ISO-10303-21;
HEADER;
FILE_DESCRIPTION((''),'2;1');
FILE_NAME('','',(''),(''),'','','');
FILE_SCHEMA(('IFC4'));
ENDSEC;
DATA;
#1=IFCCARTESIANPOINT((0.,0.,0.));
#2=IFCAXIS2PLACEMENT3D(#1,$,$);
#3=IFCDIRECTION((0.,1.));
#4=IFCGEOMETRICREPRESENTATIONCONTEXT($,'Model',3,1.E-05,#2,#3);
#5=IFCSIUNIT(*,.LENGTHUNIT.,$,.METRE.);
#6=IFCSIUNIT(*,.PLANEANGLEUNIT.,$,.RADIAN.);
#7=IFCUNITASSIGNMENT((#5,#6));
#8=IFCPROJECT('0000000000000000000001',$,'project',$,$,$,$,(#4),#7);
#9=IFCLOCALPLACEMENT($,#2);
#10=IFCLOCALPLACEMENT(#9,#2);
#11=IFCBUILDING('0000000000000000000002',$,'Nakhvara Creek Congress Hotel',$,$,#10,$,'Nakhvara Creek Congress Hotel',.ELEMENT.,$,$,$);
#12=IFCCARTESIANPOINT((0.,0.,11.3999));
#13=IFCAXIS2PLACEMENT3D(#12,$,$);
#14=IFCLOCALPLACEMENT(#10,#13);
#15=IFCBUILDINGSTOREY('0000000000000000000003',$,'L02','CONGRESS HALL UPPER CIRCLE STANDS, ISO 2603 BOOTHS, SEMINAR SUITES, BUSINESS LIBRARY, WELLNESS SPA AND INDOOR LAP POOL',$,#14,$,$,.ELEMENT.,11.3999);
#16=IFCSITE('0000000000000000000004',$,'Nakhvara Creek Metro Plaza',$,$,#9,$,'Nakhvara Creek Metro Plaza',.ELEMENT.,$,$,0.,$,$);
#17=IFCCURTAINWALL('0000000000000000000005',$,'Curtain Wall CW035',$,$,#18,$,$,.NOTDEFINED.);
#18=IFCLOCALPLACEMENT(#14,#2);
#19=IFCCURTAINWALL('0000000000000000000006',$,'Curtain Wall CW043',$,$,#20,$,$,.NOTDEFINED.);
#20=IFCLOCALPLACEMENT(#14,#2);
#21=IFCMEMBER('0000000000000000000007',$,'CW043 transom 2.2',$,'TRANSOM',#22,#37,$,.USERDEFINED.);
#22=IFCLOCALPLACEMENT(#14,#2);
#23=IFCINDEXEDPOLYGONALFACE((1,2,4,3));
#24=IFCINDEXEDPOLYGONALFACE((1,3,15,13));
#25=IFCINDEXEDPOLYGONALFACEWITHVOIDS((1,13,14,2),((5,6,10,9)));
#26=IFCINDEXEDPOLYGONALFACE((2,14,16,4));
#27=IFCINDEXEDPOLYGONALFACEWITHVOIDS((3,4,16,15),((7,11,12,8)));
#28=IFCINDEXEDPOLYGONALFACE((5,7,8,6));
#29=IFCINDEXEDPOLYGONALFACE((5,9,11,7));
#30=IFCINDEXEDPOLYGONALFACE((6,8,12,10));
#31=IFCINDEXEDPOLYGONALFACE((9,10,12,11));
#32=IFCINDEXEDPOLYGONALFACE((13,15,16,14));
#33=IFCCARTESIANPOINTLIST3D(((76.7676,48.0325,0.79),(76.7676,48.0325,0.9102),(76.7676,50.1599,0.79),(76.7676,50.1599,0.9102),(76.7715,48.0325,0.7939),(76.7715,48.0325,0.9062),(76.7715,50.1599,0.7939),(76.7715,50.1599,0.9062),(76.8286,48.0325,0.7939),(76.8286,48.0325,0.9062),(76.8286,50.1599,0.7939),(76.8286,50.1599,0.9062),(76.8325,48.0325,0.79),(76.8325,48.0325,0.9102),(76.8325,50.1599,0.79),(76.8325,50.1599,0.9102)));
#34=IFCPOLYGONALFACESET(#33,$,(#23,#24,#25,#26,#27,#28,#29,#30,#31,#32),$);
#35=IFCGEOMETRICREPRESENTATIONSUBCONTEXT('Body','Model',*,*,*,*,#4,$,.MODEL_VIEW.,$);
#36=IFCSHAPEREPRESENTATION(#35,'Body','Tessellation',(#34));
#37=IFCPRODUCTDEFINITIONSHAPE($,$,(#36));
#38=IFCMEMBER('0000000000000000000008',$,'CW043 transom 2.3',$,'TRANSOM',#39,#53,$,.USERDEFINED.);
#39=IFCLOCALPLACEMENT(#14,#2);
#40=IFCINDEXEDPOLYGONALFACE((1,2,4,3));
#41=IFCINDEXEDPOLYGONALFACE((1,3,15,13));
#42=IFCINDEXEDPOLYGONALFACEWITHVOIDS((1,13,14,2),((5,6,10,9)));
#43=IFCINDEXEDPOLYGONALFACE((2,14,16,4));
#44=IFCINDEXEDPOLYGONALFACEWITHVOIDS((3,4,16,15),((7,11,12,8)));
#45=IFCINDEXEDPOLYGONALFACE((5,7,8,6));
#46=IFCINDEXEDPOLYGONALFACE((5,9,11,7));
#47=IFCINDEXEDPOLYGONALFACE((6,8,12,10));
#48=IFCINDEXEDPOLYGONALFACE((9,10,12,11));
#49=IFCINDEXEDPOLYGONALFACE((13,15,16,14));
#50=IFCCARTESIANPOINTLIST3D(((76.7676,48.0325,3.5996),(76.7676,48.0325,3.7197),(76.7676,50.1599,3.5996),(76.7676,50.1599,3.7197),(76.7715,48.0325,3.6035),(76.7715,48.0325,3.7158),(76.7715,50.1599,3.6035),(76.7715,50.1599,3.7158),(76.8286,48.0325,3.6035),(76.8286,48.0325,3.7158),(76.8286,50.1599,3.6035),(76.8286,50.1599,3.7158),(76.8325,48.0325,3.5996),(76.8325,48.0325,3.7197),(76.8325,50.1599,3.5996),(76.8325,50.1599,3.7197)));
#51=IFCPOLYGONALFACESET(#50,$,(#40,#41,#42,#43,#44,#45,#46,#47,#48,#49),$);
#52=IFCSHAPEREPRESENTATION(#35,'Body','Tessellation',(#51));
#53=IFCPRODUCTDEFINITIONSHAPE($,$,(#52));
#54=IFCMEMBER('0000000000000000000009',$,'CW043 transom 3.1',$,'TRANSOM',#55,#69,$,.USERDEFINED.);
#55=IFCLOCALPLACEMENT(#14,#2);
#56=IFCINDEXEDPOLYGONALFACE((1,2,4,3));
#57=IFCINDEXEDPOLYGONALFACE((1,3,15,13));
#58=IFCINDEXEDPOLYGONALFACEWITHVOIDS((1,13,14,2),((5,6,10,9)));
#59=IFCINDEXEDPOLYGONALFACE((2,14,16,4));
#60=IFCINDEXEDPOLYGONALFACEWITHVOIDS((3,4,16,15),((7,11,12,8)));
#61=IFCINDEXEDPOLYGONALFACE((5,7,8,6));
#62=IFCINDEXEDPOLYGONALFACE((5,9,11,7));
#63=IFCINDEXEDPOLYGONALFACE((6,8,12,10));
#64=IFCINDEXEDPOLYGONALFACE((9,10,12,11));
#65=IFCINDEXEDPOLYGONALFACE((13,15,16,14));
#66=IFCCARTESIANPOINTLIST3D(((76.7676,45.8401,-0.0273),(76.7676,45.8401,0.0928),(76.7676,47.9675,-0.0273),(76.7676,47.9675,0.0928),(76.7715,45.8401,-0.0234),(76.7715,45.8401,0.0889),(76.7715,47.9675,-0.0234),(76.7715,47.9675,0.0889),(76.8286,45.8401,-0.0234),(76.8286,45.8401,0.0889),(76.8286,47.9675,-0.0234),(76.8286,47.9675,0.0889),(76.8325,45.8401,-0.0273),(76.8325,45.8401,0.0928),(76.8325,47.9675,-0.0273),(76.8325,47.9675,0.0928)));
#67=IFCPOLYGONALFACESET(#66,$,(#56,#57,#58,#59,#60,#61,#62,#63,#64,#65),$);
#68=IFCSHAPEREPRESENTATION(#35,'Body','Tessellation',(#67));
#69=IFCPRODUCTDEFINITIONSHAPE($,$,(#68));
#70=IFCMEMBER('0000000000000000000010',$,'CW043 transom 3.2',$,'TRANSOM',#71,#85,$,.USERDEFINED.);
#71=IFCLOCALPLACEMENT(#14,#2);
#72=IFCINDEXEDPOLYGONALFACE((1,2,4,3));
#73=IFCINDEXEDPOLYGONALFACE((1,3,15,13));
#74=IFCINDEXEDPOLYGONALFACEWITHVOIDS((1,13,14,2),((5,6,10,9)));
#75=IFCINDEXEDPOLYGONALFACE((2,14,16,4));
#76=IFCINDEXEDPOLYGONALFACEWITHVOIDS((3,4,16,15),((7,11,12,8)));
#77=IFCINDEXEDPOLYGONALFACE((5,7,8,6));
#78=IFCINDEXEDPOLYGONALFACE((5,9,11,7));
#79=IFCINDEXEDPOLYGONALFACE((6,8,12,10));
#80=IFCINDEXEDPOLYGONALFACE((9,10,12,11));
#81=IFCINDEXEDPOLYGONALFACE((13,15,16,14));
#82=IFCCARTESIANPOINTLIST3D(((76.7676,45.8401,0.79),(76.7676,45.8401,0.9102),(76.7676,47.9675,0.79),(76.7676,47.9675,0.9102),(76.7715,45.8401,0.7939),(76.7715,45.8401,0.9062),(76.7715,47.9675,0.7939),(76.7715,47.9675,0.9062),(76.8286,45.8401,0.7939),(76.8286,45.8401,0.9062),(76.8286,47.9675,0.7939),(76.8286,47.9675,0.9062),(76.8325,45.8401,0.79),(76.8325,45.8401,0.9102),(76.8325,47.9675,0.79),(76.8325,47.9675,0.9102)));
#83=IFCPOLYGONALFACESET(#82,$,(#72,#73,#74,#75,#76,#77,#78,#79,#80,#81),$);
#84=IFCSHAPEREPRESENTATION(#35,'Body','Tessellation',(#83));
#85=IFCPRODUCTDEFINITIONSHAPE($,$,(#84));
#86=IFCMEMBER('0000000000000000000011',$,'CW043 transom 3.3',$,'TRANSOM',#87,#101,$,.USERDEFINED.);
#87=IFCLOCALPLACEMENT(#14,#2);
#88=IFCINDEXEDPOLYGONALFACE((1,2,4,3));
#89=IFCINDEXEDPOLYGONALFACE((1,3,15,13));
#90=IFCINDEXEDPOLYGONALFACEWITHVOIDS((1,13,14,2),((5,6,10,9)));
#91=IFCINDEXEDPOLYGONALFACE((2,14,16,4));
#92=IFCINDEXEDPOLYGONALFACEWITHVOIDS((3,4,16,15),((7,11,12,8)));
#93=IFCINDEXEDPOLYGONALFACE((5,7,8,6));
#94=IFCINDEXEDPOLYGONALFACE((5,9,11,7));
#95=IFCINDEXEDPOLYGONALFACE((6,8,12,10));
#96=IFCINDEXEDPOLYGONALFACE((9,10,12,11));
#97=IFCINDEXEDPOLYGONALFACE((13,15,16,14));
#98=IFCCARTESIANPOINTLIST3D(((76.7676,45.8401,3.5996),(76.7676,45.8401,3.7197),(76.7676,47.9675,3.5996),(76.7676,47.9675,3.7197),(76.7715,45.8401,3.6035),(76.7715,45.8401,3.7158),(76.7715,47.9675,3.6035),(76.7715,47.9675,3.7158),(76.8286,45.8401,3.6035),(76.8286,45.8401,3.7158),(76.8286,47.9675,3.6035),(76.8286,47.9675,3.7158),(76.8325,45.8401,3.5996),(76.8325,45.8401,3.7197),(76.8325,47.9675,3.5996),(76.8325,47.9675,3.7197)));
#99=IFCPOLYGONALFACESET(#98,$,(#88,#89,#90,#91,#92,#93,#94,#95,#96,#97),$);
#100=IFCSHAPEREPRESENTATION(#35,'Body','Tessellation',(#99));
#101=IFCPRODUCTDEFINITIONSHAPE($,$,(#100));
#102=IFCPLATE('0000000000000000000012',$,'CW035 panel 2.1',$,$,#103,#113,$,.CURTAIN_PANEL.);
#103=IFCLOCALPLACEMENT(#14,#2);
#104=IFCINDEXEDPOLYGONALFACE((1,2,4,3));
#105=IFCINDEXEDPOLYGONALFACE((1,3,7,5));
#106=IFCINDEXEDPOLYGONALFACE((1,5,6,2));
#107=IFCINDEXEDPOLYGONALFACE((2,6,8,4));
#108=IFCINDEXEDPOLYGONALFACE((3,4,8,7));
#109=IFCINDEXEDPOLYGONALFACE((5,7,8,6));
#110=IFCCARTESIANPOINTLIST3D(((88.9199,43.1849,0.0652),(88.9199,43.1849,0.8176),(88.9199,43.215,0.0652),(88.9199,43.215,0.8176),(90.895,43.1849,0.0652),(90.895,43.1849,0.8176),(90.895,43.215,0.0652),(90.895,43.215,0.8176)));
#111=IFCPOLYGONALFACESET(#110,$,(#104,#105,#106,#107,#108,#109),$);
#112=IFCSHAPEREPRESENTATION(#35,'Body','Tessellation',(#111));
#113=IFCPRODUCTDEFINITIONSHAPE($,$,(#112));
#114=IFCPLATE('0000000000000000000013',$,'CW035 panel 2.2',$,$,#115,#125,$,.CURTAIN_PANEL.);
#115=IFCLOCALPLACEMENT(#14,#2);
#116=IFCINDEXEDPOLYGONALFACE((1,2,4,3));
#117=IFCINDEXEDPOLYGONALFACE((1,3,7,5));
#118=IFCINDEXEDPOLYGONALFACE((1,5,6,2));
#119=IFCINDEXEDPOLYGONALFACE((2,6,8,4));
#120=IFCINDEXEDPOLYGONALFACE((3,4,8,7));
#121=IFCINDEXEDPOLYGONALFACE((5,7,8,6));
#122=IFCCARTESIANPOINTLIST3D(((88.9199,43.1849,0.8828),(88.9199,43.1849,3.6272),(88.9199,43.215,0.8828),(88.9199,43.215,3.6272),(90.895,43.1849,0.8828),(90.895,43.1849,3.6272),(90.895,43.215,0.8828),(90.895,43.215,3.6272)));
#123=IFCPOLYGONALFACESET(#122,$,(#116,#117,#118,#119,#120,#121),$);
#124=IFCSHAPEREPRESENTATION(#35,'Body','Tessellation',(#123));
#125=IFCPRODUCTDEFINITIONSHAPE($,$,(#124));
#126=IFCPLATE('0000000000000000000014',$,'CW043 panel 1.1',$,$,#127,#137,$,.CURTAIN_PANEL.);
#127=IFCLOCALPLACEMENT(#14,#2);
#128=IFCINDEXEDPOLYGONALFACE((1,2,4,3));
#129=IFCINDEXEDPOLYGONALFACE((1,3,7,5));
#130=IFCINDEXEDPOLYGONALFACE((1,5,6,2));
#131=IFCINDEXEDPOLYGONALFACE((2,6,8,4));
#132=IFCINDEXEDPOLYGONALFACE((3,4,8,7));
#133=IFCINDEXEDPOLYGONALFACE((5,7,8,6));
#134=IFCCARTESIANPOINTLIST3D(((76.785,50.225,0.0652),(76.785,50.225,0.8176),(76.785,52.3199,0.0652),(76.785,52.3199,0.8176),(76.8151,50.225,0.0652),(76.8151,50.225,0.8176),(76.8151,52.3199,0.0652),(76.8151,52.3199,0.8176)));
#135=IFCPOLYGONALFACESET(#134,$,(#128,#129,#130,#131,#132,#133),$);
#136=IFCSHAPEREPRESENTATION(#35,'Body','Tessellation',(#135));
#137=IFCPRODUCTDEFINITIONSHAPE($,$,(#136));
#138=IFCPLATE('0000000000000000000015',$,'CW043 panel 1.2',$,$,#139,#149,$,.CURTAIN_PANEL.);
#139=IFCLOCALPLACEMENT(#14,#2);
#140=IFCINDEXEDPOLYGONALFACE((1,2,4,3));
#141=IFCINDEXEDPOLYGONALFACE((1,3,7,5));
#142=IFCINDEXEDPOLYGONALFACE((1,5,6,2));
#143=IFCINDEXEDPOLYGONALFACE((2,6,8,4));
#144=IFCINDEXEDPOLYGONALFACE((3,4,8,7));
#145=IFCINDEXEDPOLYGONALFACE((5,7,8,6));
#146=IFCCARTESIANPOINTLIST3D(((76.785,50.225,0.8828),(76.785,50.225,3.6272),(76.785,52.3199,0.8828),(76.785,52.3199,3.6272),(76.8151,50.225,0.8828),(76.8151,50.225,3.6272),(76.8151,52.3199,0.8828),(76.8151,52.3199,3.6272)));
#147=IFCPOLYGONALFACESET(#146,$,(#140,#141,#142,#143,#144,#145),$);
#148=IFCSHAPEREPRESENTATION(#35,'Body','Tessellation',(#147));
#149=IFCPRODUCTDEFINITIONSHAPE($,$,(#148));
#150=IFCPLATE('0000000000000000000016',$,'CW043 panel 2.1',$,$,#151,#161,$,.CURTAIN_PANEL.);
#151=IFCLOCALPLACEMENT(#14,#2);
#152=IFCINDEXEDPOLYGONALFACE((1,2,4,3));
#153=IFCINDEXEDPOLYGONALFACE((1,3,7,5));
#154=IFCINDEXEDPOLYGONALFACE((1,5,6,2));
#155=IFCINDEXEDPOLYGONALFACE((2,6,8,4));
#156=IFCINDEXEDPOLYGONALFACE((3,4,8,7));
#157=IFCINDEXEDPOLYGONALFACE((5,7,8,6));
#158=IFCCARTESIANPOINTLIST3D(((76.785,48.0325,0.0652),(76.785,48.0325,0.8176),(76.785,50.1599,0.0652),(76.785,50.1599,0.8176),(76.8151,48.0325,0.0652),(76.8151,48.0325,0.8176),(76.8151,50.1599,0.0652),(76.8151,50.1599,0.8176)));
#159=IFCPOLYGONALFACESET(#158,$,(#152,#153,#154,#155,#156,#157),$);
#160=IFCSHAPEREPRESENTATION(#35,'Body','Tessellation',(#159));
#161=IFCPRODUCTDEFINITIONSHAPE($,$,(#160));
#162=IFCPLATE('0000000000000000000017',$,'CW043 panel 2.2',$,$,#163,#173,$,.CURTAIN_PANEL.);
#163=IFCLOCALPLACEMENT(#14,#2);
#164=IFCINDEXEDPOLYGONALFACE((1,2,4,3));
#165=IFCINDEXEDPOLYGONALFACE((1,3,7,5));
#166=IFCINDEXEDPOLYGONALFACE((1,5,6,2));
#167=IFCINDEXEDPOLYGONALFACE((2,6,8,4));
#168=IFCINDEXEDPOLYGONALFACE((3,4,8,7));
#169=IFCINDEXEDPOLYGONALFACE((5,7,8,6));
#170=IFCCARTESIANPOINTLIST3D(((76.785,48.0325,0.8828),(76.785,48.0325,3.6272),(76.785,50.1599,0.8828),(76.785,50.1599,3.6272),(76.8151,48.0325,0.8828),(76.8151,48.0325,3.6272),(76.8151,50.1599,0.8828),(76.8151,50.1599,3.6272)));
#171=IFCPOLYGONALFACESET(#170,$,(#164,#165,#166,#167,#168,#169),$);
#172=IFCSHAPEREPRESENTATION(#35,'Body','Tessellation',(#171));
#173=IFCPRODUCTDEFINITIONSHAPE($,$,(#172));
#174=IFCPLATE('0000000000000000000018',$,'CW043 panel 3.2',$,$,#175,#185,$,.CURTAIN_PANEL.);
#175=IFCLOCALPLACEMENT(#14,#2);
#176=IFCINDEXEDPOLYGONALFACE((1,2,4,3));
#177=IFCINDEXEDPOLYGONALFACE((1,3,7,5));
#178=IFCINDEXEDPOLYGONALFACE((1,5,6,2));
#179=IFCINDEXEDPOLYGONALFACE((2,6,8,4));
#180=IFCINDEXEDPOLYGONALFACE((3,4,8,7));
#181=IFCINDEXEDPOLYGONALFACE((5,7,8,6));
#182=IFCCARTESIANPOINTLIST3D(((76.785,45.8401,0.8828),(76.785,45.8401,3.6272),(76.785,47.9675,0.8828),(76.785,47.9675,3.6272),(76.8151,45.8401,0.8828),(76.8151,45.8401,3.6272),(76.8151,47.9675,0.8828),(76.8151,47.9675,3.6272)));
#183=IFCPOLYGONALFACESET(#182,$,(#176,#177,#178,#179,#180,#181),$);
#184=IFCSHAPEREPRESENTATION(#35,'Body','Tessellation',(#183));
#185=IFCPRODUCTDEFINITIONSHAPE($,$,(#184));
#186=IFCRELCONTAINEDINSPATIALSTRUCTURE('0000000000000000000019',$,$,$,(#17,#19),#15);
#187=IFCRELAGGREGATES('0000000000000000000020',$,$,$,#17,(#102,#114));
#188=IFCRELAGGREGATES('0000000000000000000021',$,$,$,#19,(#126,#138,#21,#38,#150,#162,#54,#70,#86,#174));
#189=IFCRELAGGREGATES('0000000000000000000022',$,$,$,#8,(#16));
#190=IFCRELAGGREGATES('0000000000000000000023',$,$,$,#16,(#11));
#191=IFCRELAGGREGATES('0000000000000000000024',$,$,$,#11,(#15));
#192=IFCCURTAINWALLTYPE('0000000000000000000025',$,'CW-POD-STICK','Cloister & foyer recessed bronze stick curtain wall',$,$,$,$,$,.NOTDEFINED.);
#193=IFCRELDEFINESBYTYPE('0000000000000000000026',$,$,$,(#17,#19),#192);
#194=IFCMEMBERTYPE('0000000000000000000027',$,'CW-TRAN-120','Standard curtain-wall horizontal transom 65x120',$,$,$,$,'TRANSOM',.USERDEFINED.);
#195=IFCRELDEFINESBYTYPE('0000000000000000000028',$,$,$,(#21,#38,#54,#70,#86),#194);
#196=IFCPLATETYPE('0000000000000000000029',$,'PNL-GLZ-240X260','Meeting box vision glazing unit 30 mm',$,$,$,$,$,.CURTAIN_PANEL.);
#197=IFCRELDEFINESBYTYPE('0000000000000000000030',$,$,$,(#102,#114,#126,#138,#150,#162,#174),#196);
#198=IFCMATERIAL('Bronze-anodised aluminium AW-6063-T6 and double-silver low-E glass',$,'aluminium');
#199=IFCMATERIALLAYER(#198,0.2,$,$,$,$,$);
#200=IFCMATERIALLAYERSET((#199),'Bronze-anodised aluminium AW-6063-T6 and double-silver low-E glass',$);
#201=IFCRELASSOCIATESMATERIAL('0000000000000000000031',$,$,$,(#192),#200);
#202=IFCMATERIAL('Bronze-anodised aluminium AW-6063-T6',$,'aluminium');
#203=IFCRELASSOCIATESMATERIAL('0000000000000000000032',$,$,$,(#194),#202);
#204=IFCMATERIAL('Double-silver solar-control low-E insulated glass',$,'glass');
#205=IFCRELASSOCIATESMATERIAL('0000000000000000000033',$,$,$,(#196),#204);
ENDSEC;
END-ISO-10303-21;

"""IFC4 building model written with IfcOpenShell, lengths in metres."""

from ifc_helpers import new_model, si_unit, direction, frame, origin, origin_2d, place, context, subcontext, project, spatial, rectangle, hollow_rectangle, extrude, material, layer, layer_set, material_profile, profile_set, type_object, element, aggregate, save


model = new_model("IFC4")

# Units and contexts
model_context = context("Model", 3, precision=1e-05, world=origin(), true_north=direction((0.0, 1.0)))
body_context = subcontext(model_context, "Body", "Model", "MODEL_VIEW")
ifc_project = project(units=[si_unit("LENGTHUNIT", "METRE"), si_unit("PLANEANGLEUNIT", "RADIAN")], contexts=[model_context])

# Site, building, storey
site_placement = place(None, origin())
site = spatial("IfcSite", under=ifc_project, at=site_placement, Name="Nakhvara Creek Metro Plaza", LongName="Nakhvara Creek Metro Plaza", CompositionType="ELEMENT", RefElevation=0.0)
building_placement = place(site_placement, origin())
building = spatial("IfcBuilding", under=site, at=building_placement, Name="Nakhvara Creek Congress Hotel", LongName="Nakhvara Creek Congress Hotel", CompositionType="ELEMENT")
storey_placement = place(building_placement, frame((0.0, 0.0, 11.3999)))
storey = spatial("IfcBuildingStorey", under=building, at=storey_placement, Name="L02", Description="CONGRESS HALL UPPER CIRCLE STANDS, ISO 2603 BOOTHS, SEMINAR SUITES, BUSINESS LIBRARY, WELLNESS SPA AND INDOOR LAP POOL", CompositionType="ELEMENT", Elevation=11.3999)

# Curtain walls
ifc_material_1 = material(Name="Bronze-anodised aluminium AW-6063-T6 and double-silver low-E glass", Category="aluminium")
ifc_layer = layer(ifc_material_1, 0.2)
ifc_layer_set = layer_set([ifc_layer], Name="Bronze-anodised aluminium AW-6063-T6 and double-silver low-E glass")
curtain_wall_type = type_object("IfcCurtainWallType", Name="CW-POD-STICK", Description="Cloister & foyer recessed bronze stick curtain wall", PredefinedType="NOTDEFINED", material=ifc_layer_set)
curtain_wall_1_placement = place(storey_placement, origin())
curtain_wall_1 = element("IfcCurtainWall", 1, at=curtain_wall_1_placement, inside=storey, type_object=curtain_wall_type, Name="Curtain Wall CW035", PredefinedType="NOTDEFINED")
ifc_material_2 = material(Name="Bronze-anodised aluminium AW-6063-T6", Category="aluminium")
curtain_wall_2_placement = place(storey_placement, origin())
curtain_wall_2 = element("IfcCurtainWall", 2, at=curtain_wall_2_placement, inside=storey, type_object=curtain_wall_type, Name="Curtain Wall CW043", PredefinedType="NOTDEFINED")

# Members
ifc_material_profile_1 = material_profile(ifc_material_2, hollow_rectangle(XDim=0.0649, YDim=0.1201, WallThickness=0.0039, at=origin_2d()), Name="ALU-TRAN 65x120x4", Category="LoadBearing")
ifc_profile_set_1 = profile_set([ifc_material_profile_1], Name="Bronze-anodised aluminium AW-6063-T6")
member_type_1 = type_object("IfcMemberType", Name="CW-TRAN-120", Description="Standard curtain-wall horizontal transom 65x120", ElementType="TRANSOM", PredefinedType="USERDEFINED", material=ifc_profile_set_1)
member_1_placement = place(storey_placement, frame((76.8, 50.1599, 0.8501), z_axis=(0.0, -1.0, 0.0), x_axis=(1.0, 0.0, 0.0)))
member_1 = element("IfcMember", 3, at=member_1_placement, type_object=member_type_1, Name="CW043 transom 2.2", ObjectType="TRANSOM", PredefinedType="USERDEFINED", context=body_context, shape_type="SweptSolid", body=[
    extrude(hollow_rectangle(XDim=0.0649, YDim=0.1201, WallThickness=0.0039, at=origin_2d()), origin(), (0.0, 0.0, 1.0), 2.1274),
])
member_2_placement = place(storey_placement, frame((76.8, 50.1599, 3.6597), z_axis=(0.0, -1.0, 0.0), x_axis=(1.0, 0.0, 0.0)))
member_2 = element("IfcMember", 4, at=member_2_placement, type_object=member_type_1, Name="CW043 transom 2.3", ObjectType="TRANSOM", PredefinedType="USERDEFINED", context=body_context, shape_type="SweptSolid", body=[
    extrude(hollow_rectangle(XDim=0.0649, YDim=0.1201, WallThickness=0.0039, at=origin_2d()), origin(), (0.0, 0.0, 1.0), 2.1274),
])
member_3_placement = place(storey_placement, frame((76.8, 47.9675, 0.0327), z_axis=(0.0, -1.0, 0.0), x_axis=(1.0, 0.0, 0.0)))
member_3 = element("IfcMember", 5, at=member_3_placement, type_object=member_type_1, Name="CW043 transom 3.1", ObjectType="TRANSOM", PredefinedType="USERDEFINED", context=body_context, shape_type="SweptSolid", body=[
    extrude(hollow_rectangle(XDim=0.0649, YDim=0.1201, WallThickness=0.0039, at=origin_2d()), origin(), (0.0, 0.0, 1.0), 2.1274),
])
member_4_placement = place(storey_placement, frame((76.8, 47.9675, 0.8501), z_axis=(0.0, -1.0, 0.0), x_axis=(1.0, 0.0, 0.0)))
member_4 = element("IfcMember", 6, at=member_4_placement, type_object=member_type_1, Name="CW043 transom 3.2", ObjectType="TRANSOM", PredefinedType="USERDEFINED", context=body_context, shape_type="SweptSolid", body=[
    extrude(hollow_rectangle(XDim=0.0649, YDim=0.1201, WallThickness=0.0039, at=origin_2d()), origin(), (0.0, 0.0, 1.0), 2.1274),
])
member_5_placement = place(storey_placement, frame((76.8, 47.9675, 3.6597), z_axis=(0.0, -1.0, 0.0), x_axis=(1.0, 0.0, 0.0)))
member_5 = element("IfcMember", 7, at=member_5_placement, type_object=member_type_1, Name="CW043 transom 3.3", ObjectType="TRANSOM", PredefinedType="USERDEFINED", context=body_context, shape_type="SweptSolid", body=[
    extrude(hollow_rectangle(XDim=0.0649, YDim=0.1201, WallThickness=0.0039, at=origin_2d()), origin(), (0.0, 0.0, 1.0), 2.1274),
])

# Plates
ifc_material_3 = material(Name="Double-silver solar-control low-E insulated glass", Category="glass")
plate_type = type_object("IfcPlateType", Name="PNL-GLZ-240X260", Description="Meeting box vision glazing unit 30 mm", PredefinedType="CURTAIN_PANEL", material=ifc_material_3)
plate_1_placement = place(storey_placement, frame((89.9075, 43.2, 0.0652), z_axis=(0.0, 0.0, 1.0), x_axis=(1.0, 0.0, 0.0)))
plate_1 = element("IfcPlate", 8, at=plate_1_placement, type_object=plate_type, Name="CW035 panel 2.1", PredefinedType="CURTAIN_PANEL", context=body_context, shape_type="SweptSolid", body=[
    extrude(rectangle(XDim=1.9751, YDim=0.03, at=origin_2d()), origin(), (0.0, 0.0, 1.0), 0.7524),
])
plate_2_placement = place(storey_placement, frame((89.9075, 43.2, 0.8828), z_axis=(0.0, 0.0, 1.0), x_axis=(1.0, 0.0, 0.0)))
plate_2 = element("IfcPlate", 9, at=plate_2_placement, type_object=plate_type, Name="CW035 panel 2.2", PredefinedType="CURTAIN_PANEL", context=body_context, shape_type="SweptSolid", body=[
    extrude(rectangle(XDim=1.9751, YDim=0.03, at=origin_2d()), origin(), (0.0, 0.0, 1.0), 2.7444),
])
aggregate(curtain_wall_1, [plate_1, plate_2])
plate_3_placement = place(storey_placement, frame((76.8, 51.2725, 0.0652), z_axis=(0.0, 0.0, 1.0), x_axis=(0.0, -1.0, 0.0)))
plate_3 = element("IfcPlate", 10, at=plate_3_placement, type_object=plate_type, Name="CW043 panel 1.1", PredefinedType="CURTAIN_PANEL", context=body_context, shape_type="SweptSolid", body=[
    extrude(rectangle(XDim=2.095, YDim=0.03, at=origin_2d()), origin(), (0.0, 0.0, 1.0), 0.7524),
])
plate_4_placement = place(storey_placement, frame((76.8, 51.2725, 0.8828), z_axis=(0.0, 0.0, 1.0), x_axis=(0.0, -1.0, 0.0)))
plate_4 = element("IfcPlate", 11, at=plate_4_placement, type_object=plate_type, Name="CW043 panel 1.2", PredefinedType="CURTAIN_PANEL", context=body_context, shape_type="SweptSolid", body=[
    extrude(rectangle(XDim=2.095, YDim=0.03, at=origin_2d()), origin(), (0.0, 0.0, 1.0), 2.7444),
])
plate_5_placement = place(storey_placement, frame((76.8, 49.0962, 0.0652), z_axis=(0.0, 0.0, 1.0), x_axis=(0.0, -1.0, 0.0)))
plate_5 = element("IfcPlate", 12, at=plate_5_placement, type_object=plate_type, Name="CW043 panel 2.1", PredefinedType="CURTAIN_PANEL", context=body_context, shape_type="SweptSolid", body=[
    extrude(rectangle(XDim=2.1274, YDim=0.03, at=origin_2d()), origin(), (0.0, 0.0, 1.0), 0.7524),
])
plate_6_placement = place(storey_placement, frame((76.8, 49.0962, 0.8828), z_axis=(0.0, 0.0, 1.0), x_axis=(0.0, -1.0, 0.0)))
plate_6 = element("IfcPlate", 13, at=plate_6_placement, type_object=plate_type, Name="CW043 panel 2.2", PredefinedType="CURTAIN_PANEL", context=body_context, shape_type="SweptSolid", body=[
    extrude(rectangle(XDim=2.1274, YDim=0.03, at=origin_2d()), origin(), (0.0, 0.0, 1.0), 2.7444),
])
plate_7_placement = place(storey_placement, frame((76.8, 46.9038, 0.8828), z_axis=(0.0, 0.0, 1.0), x_axis=(0.0, -1.0, 0.0)))
plate_7 = element("IfcPlate", 14, at=plate_7_placement, type_object=plate_type, Name="CW043 panel 3.2", PredefinedType="CURTAIN_PANEL", context=body_context, shape_type="SweptSolid", body=[
    extrude(rectangle(XDim=2.1274, YDim=0.03, at=origin_2d()), origin(), (0.0, 0.0, 1.0), 2.7444),
])
aggregate(curtain_wall_2, [plate_3, plate_4, member_1, member_2, plate_5, plate_6, member_3, member_4, member_5, plate_7])

save(model, "model.ifc")
